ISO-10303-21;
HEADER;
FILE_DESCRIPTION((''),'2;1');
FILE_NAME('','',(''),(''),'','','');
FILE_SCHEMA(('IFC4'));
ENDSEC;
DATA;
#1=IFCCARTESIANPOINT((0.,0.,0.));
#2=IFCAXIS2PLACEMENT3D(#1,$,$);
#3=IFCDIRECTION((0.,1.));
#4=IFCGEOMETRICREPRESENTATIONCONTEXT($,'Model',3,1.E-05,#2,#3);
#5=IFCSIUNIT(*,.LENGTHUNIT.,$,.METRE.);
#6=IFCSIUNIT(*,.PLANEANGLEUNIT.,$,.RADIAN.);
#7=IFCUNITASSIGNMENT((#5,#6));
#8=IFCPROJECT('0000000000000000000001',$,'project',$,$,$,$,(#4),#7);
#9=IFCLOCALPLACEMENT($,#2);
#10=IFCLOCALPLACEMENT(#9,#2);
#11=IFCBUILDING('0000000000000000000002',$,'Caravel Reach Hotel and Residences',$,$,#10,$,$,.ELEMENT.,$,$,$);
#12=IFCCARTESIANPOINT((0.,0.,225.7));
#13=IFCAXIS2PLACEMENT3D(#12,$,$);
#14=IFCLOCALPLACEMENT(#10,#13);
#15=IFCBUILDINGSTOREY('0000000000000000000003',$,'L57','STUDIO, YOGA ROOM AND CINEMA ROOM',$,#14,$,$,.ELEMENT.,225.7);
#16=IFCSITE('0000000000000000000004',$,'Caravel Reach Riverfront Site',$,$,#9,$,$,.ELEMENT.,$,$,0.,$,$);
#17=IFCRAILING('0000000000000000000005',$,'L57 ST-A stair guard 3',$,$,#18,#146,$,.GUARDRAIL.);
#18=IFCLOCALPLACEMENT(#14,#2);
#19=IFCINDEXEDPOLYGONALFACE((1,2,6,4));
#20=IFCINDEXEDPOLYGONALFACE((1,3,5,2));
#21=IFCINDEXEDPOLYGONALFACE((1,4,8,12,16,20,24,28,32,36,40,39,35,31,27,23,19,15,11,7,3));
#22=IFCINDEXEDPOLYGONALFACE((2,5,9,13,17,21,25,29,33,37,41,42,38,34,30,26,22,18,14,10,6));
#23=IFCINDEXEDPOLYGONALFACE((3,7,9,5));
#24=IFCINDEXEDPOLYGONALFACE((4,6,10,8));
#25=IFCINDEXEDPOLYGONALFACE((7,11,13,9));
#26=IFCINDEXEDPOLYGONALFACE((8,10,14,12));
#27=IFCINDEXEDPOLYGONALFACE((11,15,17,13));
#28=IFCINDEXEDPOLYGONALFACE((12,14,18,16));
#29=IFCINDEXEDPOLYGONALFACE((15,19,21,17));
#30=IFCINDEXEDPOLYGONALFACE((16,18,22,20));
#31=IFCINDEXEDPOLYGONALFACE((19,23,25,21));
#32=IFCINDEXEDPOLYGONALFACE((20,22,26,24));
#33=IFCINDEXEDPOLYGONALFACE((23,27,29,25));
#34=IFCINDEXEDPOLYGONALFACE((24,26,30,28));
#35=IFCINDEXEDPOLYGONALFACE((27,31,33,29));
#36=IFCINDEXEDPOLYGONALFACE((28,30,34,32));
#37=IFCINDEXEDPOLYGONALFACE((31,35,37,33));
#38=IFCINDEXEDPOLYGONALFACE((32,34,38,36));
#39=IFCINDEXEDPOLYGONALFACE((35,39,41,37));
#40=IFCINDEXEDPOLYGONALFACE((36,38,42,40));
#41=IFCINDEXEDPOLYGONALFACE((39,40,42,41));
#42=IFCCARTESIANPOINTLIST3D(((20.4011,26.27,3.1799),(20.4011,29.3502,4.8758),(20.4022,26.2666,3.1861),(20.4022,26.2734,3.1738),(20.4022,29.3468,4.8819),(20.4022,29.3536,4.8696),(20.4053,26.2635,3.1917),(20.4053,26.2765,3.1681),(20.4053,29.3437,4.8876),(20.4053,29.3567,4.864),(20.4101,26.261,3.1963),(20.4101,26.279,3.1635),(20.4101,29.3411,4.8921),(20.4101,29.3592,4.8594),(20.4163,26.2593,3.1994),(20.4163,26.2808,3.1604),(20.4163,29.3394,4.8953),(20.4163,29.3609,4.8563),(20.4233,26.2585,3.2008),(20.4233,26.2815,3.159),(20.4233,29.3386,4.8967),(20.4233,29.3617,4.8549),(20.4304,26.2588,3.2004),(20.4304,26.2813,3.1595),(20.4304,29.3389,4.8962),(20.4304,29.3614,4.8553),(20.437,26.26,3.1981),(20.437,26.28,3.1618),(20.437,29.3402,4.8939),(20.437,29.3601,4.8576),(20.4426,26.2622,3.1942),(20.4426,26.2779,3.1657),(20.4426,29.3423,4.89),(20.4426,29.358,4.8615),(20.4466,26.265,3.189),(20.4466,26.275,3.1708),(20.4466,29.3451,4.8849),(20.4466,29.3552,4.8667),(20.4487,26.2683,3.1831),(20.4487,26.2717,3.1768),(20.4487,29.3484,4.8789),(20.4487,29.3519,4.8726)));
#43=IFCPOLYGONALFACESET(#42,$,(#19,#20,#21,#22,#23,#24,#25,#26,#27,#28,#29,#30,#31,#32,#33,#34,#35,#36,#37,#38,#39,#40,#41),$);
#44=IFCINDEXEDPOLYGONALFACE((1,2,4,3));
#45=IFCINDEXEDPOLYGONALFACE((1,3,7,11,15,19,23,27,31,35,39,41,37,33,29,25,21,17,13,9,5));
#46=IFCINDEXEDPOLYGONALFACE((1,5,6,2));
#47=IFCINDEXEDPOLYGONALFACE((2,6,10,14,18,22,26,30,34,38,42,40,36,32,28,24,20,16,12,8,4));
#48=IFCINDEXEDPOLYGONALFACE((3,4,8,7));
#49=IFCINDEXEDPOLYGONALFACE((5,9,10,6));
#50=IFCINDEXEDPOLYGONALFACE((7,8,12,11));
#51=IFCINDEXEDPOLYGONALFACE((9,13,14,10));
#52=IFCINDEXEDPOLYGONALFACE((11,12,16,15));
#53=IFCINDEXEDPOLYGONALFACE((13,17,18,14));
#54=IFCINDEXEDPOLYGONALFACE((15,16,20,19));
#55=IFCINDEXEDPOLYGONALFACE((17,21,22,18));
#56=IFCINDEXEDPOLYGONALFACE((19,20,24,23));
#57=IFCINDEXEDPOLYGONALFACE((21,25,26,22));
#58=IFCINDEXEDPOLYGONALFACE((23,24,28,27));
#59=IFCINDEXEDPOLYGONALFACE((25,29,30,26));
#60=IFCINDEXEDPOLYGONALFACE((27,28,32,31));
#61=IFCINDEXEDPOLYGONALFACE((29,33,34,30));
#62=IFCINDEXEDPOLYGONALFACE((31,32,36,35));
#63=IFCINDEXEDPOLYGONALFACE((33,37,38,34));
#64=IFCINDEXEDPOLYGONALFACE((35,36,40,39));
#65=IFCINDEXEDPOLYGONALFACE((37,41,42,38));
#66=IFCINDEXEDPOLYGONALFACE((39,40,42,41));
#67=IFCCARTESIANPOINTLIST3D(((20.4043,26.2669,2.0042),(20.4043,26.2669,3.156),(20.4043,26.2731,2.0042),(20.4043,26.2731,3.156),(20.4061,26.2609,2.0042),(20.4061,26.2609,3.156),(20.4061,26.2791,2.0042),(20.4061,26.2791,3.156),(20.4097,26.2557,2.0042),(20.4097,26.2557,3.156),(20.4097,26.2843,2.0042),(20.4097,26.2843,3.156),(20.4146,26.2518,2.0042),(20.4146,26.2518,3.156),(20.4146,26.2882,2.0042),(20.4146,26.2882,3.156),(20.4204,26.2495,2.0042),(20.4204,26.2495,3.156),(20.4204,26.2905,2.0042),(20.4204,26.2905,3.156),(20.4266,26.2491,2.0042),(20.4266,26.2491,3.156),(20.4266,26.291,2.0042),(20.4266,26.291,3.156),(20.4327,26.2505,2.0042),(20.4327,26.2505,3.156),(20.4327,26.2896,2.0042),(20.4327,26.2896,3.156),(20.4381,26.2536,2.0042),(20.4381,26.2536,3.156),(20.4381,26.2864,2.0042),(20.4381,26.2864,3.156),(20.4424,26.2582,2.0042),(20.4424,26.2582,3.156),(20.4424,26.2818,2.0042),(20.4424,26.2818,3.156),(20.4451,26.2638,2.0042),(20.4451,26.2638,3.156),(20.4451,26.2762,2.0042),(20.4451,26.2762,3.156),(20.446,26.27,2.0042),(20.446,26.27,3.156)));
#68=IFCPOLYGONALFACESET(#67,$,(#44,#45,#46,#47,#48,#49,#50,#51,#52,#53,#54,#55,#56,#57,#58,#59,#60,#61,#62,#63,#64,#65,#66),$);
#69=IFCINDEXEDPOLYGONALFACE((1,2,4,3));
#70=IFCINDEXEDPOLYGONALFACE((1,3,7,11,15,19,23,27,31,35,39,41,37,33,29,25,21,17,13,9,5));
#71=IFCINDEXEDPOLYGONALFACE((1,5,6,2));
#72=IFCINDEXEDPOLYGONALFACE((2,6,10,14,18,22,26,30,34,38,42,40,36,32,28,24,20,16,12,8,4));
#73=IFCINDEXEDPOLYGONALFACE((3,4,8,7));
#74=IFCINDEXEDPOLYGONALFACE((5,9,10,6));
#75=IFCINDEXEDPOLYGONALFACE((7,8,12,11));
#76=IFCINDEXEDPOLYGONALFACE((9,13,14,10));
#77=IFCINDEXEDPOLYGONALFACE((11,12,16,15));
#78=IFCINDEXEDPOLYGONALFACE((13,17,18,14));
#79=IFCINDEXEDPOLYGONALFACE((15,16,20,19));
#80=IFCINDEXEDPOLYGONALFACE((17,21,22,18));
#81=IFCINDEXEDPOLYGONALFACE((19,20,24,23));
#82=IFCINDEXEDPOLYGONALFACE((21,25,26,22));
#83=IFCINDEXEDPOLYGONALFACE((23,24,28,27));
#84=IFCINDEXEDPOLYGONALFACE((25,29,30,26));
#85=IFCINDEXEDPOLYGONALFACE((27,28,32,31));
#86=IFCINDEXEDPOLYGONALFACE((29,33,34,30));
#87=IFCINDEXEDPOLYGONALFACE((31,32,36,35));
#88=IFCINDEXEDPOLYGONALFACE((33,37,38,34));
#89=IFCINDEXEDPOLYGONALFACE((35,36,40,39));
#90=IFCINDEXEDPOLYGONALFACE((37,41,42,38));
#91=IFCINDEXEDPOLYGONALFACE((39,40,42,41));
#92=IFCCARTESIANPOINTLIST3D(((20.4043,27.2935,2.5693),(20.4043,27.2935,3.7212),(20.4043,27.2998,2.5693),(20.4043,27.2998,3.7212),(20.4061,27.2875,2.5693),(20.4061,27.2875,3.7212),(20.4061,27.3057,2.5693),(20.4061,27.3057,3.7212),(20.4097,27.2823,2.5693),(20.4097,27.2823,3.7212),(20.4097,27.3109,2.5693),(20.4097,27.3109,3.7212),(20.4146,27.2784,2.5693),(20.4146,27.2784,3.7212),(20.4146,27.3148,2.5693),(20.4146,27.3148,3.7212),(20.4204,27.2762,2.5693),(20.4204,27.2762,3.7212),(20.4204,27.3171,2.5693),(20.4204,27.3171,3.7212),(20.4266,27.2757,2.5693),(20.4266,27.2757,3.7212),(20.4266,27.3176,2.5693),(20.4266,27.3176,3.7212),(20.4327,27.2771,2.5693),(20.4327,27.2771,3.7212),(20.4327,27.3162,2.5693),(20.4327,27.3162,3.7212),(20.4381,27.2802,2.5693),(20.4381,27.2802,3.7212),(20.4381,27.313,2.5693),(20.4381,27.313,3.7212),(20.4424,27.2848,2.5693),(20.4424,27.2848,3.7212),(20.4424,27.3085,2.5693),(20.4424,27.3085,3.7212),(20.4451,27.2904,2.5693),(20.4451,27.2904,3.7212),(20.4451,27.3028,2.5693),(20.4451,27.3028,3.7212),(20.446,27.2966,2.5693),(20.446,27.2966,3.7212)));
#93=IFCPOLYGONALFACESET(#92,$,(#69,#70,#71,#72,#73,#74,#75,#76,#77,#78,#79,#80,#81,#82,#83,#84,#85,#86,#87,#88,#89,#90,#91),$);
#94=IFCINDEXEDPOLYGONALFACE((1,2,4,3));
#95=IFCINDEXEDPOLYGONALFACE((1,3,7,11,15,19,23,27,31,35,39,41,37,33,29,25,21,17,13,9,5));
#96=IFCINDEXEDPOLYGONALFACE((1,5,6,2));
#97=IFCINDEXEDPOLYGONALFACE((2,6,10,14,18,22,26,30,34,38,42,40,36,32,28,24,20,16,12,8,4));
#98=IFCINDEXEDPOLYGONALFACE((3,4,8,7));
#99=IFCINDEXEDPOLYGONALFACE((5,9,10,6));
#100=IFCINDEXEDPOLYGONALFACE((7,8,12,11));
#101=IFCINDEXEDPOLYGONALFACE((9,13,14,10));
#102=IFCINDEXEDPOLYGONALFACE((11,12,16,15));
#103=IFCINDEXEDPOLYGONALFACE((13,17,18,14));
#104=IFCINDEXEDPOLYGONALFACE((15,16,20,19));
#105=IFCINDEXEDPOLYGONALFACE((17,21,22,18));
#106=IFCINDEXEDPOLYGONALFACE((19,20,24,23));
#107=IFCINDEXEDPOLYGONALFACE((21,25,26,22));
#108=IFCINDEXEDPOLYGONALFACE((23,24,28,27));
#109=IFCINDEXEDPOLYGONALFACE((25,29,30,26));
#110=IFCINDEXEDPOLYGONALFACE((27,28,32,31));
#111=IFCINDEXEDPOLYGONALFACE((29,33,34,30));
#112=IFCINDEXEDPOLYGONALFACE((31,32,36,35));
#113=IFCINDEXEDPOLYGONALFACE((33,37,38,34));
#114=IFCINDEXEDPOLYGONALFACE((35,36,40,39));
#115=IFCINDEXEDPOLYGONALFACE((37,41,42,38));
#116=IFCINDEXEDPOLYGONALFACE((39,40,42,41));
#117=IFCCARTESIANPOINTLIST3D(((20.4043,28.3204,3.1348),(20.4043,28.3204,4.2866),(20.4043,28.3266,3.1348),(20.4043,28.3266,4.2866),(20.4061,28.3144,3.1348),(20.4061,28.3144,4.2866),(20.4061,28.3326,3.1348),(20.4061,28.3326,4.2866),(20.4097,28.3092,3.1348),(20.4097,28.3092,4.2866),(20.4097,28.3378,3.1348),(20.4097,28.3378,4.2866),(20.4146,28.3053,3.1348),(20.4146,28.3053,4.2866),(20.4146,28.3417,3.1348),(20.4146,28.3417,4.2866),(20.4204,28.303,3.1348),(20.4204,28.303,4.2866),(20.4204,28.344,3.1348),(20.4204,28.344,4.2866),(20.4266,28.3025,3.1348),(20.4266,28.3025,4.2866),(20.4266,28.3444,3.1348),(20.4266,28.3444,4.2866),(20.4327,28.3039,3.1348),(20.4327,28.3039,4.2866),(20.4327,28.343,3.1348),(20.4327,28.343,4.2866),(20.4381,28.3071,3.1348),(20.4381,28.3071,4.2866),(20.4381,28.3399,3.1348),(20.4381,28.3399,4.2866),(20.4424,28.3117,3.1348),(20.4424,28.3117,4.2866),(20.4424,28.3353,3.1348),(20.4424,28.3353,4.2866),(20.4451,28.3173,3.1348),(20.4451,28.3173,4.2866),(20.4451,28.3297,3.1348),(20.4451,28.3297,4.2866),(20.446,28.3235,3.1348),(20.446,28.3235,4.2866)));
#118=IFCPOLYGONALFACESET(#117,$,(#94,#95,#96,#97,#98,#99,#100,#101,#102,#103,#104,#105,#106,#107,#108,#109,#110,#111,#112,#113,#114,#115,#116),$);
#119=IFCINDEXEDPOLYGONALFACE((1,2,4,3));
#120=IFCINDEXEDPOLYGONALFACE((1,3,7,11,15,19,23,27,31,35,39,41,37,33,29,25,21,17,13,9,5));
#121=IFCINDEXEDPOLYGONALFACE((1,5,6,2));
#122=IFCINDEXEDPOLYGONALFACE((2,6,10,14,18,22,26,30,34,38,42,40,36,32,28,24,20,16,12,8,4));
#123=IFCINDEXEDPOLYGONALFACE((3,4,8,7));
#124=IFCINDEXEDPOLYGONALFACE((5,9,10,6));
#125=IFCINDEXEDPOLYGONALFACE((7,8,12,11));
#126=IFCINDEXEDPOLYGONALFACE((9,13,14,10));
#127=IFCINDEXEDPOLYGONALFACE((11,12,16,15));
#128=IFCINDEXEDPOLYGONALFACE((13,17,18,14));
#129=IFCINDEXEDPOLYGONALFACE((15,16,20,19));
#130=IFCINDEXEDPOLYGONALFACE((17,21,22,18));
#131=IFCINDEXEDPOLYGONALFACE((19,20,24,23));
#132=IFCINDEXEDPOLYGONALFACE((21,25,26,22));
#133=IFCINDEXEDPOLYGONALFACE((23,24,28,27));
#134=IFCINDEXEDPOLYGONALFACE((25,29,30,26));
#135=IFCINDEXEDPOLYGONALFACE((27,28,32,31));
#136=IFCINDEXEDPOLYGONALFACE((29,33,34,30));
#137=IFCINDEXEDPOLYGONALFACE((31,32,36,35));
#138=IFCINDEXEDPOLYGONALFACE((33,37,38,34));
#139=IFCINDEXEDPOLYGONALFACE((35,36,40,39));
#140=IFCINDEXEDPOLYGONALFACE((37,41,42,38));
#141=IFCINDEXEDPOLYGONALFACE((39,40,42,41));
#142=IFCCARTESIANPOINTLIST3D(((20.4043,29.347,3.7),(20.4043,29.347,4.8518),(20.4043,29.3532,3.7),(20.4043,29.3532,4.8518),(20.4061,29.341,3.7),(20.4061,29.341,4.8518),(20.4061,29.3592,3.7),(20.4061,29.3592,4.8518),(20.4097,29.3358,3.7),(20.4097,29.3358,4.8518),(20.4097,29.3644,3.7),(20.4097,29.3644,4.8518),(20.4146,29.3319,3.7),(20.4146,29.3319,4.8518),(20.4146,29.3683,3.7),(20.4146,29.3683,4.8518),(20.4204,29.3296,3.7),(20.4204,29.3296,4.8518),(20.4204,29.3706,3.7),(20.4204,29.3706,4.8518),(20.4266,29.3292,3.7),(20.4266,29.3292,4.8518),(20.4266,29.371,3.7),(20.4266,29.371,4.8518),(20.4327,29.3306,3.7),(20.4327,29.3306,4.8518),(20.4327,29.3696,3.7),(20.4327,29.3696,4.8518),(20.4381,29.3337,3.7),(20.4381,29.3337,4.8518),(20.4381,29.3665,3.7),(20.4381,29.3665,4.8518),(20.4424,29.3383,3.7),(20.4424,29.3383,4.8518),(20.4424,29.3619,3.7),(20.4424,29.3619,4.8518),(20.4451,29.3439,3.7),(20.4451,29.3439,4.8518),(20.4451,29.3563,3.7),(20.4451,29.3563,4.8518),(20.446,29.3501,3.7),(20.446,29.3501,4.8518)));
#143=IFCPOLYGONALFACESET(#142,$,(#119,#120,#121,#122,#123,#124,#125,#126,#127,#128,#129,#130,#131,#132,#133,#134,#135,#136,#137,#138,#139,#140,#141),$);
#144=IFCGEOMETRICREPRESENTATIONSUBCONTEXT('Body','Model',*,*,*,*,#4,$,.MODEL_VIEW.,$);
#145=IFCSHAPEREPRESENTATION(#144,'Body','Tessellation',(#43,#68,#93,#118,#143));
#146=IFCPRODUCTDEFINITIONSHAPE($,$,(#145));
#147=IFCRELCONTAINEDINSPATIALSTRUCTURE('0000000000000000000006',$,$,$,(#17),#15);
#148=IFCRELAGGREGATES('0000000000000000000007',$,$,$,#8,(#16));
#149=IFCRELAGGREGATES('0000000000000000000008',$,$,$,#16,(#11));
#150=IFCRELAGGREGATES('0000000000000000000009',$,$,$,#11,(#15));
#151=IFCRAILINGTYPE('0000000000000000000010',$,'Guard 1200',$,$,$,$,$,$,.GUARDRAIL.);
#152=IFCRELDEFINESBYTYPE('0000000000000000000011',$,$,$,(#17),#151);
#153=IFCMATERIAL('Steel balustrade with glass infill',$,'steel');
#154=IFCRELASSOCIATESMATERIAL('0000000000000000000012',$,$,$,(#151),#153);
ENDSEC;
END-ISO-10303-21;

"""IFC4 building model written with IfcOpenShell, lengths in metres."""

from ifc_helpers import new_model, si_unit, direction, frame, origin, origin_2d, place, context, subcontext, project, spatial, circle, extrude, material, type_object, element, save


model = new_model("IFC4")

# Units and contexts
model_context = context("Model", 3, precision=1e-05, world=origin(), true_north=direction((0.0, 1.0)))
body_context = subcontext(model_context, "Body", "Model", "MODEL_VIEW")
ifc_project = project(units=[si_unit("LENGTHUNIT", "METRE"), si_unit("PLANEANGLEUNIT", "RADIAN")], contexts=[model_context])

# Site, building, storey
site_placement = place(None, origin())
site = spatial("IfcSite", under=ifc_project, at=site_placement, Name="Caravel Reach Riverfront Site", CompositionType="ELEMENT", RefElevation=0.0)
building_placement = place(site_placement, origin())
building = spatial("IfcBuilding", under=site, at=building_placement, Name="Caravel Reach Hotel and Residences", CompositionType="ELEMENT")
storey_placement = place(building_placement, frame((0.0, 0.0, 225.7)))
storey = spatial("IfcBuildingStorey", under=building, at=storey_placement, Name="L57", Description="STUDIO, YOGA ROOM AND CINEMA ROOM", CompositionType="ELEMENT", Elevation=225.7)

# Railing
ifc_material_1 = material(Name="Steel balustrade with glass infill", Category="steel")
railing_type_1 = type_object("IfcRailingType", Name="Guard 1200", PredefinedType="GUARDRAIL", material=ifc_material_1)
railing_1_placement = place(storey_placement, frame((20.425, 26.27, 2.0042)))
element("IfcRailing", 1, at=railing_1_placement, inside=storey, type_object=railing_type_1, Name="L57 ST-A stair guard 3", PredefinedType="GUARDRAIL", context=body_context, shape_type="SweptSolid", body=[
    extrude(circle(Radius=0.0239, at=origin_2d()), frame((0.0, 0.0, 1.1758), z_axis=(0.0, 0.876005, 0.482303), x_axis=(-1.0, 0.0, 0.0)), (0.0, 0.0, 1.0), 3.5161),
    extrude(circle(Radius=0.021, at=origin_2d()), origin(), (0.0, 0.0, 1.0), 1.1519),
    extrude(circle(Radius=0.021, at=origin_2d()), frame((0.0, 1.0266, 0.5652)), (0.0, 0.0, 1.0), 1.1519),
    extrude(circle(Radius=0.021, at=origin_2d()), frame((0.0, 2.0535, 1.1306)), (0.0, 0.0, 1.0), 1.1519),
    extrude(circle(Radius=0.021, at=origin_2d()), frame((0.0, 3.0801, 1.6958)), (0.0, 0.0, 1.0), 1.1519),
])

save(model, "model.ifc")
